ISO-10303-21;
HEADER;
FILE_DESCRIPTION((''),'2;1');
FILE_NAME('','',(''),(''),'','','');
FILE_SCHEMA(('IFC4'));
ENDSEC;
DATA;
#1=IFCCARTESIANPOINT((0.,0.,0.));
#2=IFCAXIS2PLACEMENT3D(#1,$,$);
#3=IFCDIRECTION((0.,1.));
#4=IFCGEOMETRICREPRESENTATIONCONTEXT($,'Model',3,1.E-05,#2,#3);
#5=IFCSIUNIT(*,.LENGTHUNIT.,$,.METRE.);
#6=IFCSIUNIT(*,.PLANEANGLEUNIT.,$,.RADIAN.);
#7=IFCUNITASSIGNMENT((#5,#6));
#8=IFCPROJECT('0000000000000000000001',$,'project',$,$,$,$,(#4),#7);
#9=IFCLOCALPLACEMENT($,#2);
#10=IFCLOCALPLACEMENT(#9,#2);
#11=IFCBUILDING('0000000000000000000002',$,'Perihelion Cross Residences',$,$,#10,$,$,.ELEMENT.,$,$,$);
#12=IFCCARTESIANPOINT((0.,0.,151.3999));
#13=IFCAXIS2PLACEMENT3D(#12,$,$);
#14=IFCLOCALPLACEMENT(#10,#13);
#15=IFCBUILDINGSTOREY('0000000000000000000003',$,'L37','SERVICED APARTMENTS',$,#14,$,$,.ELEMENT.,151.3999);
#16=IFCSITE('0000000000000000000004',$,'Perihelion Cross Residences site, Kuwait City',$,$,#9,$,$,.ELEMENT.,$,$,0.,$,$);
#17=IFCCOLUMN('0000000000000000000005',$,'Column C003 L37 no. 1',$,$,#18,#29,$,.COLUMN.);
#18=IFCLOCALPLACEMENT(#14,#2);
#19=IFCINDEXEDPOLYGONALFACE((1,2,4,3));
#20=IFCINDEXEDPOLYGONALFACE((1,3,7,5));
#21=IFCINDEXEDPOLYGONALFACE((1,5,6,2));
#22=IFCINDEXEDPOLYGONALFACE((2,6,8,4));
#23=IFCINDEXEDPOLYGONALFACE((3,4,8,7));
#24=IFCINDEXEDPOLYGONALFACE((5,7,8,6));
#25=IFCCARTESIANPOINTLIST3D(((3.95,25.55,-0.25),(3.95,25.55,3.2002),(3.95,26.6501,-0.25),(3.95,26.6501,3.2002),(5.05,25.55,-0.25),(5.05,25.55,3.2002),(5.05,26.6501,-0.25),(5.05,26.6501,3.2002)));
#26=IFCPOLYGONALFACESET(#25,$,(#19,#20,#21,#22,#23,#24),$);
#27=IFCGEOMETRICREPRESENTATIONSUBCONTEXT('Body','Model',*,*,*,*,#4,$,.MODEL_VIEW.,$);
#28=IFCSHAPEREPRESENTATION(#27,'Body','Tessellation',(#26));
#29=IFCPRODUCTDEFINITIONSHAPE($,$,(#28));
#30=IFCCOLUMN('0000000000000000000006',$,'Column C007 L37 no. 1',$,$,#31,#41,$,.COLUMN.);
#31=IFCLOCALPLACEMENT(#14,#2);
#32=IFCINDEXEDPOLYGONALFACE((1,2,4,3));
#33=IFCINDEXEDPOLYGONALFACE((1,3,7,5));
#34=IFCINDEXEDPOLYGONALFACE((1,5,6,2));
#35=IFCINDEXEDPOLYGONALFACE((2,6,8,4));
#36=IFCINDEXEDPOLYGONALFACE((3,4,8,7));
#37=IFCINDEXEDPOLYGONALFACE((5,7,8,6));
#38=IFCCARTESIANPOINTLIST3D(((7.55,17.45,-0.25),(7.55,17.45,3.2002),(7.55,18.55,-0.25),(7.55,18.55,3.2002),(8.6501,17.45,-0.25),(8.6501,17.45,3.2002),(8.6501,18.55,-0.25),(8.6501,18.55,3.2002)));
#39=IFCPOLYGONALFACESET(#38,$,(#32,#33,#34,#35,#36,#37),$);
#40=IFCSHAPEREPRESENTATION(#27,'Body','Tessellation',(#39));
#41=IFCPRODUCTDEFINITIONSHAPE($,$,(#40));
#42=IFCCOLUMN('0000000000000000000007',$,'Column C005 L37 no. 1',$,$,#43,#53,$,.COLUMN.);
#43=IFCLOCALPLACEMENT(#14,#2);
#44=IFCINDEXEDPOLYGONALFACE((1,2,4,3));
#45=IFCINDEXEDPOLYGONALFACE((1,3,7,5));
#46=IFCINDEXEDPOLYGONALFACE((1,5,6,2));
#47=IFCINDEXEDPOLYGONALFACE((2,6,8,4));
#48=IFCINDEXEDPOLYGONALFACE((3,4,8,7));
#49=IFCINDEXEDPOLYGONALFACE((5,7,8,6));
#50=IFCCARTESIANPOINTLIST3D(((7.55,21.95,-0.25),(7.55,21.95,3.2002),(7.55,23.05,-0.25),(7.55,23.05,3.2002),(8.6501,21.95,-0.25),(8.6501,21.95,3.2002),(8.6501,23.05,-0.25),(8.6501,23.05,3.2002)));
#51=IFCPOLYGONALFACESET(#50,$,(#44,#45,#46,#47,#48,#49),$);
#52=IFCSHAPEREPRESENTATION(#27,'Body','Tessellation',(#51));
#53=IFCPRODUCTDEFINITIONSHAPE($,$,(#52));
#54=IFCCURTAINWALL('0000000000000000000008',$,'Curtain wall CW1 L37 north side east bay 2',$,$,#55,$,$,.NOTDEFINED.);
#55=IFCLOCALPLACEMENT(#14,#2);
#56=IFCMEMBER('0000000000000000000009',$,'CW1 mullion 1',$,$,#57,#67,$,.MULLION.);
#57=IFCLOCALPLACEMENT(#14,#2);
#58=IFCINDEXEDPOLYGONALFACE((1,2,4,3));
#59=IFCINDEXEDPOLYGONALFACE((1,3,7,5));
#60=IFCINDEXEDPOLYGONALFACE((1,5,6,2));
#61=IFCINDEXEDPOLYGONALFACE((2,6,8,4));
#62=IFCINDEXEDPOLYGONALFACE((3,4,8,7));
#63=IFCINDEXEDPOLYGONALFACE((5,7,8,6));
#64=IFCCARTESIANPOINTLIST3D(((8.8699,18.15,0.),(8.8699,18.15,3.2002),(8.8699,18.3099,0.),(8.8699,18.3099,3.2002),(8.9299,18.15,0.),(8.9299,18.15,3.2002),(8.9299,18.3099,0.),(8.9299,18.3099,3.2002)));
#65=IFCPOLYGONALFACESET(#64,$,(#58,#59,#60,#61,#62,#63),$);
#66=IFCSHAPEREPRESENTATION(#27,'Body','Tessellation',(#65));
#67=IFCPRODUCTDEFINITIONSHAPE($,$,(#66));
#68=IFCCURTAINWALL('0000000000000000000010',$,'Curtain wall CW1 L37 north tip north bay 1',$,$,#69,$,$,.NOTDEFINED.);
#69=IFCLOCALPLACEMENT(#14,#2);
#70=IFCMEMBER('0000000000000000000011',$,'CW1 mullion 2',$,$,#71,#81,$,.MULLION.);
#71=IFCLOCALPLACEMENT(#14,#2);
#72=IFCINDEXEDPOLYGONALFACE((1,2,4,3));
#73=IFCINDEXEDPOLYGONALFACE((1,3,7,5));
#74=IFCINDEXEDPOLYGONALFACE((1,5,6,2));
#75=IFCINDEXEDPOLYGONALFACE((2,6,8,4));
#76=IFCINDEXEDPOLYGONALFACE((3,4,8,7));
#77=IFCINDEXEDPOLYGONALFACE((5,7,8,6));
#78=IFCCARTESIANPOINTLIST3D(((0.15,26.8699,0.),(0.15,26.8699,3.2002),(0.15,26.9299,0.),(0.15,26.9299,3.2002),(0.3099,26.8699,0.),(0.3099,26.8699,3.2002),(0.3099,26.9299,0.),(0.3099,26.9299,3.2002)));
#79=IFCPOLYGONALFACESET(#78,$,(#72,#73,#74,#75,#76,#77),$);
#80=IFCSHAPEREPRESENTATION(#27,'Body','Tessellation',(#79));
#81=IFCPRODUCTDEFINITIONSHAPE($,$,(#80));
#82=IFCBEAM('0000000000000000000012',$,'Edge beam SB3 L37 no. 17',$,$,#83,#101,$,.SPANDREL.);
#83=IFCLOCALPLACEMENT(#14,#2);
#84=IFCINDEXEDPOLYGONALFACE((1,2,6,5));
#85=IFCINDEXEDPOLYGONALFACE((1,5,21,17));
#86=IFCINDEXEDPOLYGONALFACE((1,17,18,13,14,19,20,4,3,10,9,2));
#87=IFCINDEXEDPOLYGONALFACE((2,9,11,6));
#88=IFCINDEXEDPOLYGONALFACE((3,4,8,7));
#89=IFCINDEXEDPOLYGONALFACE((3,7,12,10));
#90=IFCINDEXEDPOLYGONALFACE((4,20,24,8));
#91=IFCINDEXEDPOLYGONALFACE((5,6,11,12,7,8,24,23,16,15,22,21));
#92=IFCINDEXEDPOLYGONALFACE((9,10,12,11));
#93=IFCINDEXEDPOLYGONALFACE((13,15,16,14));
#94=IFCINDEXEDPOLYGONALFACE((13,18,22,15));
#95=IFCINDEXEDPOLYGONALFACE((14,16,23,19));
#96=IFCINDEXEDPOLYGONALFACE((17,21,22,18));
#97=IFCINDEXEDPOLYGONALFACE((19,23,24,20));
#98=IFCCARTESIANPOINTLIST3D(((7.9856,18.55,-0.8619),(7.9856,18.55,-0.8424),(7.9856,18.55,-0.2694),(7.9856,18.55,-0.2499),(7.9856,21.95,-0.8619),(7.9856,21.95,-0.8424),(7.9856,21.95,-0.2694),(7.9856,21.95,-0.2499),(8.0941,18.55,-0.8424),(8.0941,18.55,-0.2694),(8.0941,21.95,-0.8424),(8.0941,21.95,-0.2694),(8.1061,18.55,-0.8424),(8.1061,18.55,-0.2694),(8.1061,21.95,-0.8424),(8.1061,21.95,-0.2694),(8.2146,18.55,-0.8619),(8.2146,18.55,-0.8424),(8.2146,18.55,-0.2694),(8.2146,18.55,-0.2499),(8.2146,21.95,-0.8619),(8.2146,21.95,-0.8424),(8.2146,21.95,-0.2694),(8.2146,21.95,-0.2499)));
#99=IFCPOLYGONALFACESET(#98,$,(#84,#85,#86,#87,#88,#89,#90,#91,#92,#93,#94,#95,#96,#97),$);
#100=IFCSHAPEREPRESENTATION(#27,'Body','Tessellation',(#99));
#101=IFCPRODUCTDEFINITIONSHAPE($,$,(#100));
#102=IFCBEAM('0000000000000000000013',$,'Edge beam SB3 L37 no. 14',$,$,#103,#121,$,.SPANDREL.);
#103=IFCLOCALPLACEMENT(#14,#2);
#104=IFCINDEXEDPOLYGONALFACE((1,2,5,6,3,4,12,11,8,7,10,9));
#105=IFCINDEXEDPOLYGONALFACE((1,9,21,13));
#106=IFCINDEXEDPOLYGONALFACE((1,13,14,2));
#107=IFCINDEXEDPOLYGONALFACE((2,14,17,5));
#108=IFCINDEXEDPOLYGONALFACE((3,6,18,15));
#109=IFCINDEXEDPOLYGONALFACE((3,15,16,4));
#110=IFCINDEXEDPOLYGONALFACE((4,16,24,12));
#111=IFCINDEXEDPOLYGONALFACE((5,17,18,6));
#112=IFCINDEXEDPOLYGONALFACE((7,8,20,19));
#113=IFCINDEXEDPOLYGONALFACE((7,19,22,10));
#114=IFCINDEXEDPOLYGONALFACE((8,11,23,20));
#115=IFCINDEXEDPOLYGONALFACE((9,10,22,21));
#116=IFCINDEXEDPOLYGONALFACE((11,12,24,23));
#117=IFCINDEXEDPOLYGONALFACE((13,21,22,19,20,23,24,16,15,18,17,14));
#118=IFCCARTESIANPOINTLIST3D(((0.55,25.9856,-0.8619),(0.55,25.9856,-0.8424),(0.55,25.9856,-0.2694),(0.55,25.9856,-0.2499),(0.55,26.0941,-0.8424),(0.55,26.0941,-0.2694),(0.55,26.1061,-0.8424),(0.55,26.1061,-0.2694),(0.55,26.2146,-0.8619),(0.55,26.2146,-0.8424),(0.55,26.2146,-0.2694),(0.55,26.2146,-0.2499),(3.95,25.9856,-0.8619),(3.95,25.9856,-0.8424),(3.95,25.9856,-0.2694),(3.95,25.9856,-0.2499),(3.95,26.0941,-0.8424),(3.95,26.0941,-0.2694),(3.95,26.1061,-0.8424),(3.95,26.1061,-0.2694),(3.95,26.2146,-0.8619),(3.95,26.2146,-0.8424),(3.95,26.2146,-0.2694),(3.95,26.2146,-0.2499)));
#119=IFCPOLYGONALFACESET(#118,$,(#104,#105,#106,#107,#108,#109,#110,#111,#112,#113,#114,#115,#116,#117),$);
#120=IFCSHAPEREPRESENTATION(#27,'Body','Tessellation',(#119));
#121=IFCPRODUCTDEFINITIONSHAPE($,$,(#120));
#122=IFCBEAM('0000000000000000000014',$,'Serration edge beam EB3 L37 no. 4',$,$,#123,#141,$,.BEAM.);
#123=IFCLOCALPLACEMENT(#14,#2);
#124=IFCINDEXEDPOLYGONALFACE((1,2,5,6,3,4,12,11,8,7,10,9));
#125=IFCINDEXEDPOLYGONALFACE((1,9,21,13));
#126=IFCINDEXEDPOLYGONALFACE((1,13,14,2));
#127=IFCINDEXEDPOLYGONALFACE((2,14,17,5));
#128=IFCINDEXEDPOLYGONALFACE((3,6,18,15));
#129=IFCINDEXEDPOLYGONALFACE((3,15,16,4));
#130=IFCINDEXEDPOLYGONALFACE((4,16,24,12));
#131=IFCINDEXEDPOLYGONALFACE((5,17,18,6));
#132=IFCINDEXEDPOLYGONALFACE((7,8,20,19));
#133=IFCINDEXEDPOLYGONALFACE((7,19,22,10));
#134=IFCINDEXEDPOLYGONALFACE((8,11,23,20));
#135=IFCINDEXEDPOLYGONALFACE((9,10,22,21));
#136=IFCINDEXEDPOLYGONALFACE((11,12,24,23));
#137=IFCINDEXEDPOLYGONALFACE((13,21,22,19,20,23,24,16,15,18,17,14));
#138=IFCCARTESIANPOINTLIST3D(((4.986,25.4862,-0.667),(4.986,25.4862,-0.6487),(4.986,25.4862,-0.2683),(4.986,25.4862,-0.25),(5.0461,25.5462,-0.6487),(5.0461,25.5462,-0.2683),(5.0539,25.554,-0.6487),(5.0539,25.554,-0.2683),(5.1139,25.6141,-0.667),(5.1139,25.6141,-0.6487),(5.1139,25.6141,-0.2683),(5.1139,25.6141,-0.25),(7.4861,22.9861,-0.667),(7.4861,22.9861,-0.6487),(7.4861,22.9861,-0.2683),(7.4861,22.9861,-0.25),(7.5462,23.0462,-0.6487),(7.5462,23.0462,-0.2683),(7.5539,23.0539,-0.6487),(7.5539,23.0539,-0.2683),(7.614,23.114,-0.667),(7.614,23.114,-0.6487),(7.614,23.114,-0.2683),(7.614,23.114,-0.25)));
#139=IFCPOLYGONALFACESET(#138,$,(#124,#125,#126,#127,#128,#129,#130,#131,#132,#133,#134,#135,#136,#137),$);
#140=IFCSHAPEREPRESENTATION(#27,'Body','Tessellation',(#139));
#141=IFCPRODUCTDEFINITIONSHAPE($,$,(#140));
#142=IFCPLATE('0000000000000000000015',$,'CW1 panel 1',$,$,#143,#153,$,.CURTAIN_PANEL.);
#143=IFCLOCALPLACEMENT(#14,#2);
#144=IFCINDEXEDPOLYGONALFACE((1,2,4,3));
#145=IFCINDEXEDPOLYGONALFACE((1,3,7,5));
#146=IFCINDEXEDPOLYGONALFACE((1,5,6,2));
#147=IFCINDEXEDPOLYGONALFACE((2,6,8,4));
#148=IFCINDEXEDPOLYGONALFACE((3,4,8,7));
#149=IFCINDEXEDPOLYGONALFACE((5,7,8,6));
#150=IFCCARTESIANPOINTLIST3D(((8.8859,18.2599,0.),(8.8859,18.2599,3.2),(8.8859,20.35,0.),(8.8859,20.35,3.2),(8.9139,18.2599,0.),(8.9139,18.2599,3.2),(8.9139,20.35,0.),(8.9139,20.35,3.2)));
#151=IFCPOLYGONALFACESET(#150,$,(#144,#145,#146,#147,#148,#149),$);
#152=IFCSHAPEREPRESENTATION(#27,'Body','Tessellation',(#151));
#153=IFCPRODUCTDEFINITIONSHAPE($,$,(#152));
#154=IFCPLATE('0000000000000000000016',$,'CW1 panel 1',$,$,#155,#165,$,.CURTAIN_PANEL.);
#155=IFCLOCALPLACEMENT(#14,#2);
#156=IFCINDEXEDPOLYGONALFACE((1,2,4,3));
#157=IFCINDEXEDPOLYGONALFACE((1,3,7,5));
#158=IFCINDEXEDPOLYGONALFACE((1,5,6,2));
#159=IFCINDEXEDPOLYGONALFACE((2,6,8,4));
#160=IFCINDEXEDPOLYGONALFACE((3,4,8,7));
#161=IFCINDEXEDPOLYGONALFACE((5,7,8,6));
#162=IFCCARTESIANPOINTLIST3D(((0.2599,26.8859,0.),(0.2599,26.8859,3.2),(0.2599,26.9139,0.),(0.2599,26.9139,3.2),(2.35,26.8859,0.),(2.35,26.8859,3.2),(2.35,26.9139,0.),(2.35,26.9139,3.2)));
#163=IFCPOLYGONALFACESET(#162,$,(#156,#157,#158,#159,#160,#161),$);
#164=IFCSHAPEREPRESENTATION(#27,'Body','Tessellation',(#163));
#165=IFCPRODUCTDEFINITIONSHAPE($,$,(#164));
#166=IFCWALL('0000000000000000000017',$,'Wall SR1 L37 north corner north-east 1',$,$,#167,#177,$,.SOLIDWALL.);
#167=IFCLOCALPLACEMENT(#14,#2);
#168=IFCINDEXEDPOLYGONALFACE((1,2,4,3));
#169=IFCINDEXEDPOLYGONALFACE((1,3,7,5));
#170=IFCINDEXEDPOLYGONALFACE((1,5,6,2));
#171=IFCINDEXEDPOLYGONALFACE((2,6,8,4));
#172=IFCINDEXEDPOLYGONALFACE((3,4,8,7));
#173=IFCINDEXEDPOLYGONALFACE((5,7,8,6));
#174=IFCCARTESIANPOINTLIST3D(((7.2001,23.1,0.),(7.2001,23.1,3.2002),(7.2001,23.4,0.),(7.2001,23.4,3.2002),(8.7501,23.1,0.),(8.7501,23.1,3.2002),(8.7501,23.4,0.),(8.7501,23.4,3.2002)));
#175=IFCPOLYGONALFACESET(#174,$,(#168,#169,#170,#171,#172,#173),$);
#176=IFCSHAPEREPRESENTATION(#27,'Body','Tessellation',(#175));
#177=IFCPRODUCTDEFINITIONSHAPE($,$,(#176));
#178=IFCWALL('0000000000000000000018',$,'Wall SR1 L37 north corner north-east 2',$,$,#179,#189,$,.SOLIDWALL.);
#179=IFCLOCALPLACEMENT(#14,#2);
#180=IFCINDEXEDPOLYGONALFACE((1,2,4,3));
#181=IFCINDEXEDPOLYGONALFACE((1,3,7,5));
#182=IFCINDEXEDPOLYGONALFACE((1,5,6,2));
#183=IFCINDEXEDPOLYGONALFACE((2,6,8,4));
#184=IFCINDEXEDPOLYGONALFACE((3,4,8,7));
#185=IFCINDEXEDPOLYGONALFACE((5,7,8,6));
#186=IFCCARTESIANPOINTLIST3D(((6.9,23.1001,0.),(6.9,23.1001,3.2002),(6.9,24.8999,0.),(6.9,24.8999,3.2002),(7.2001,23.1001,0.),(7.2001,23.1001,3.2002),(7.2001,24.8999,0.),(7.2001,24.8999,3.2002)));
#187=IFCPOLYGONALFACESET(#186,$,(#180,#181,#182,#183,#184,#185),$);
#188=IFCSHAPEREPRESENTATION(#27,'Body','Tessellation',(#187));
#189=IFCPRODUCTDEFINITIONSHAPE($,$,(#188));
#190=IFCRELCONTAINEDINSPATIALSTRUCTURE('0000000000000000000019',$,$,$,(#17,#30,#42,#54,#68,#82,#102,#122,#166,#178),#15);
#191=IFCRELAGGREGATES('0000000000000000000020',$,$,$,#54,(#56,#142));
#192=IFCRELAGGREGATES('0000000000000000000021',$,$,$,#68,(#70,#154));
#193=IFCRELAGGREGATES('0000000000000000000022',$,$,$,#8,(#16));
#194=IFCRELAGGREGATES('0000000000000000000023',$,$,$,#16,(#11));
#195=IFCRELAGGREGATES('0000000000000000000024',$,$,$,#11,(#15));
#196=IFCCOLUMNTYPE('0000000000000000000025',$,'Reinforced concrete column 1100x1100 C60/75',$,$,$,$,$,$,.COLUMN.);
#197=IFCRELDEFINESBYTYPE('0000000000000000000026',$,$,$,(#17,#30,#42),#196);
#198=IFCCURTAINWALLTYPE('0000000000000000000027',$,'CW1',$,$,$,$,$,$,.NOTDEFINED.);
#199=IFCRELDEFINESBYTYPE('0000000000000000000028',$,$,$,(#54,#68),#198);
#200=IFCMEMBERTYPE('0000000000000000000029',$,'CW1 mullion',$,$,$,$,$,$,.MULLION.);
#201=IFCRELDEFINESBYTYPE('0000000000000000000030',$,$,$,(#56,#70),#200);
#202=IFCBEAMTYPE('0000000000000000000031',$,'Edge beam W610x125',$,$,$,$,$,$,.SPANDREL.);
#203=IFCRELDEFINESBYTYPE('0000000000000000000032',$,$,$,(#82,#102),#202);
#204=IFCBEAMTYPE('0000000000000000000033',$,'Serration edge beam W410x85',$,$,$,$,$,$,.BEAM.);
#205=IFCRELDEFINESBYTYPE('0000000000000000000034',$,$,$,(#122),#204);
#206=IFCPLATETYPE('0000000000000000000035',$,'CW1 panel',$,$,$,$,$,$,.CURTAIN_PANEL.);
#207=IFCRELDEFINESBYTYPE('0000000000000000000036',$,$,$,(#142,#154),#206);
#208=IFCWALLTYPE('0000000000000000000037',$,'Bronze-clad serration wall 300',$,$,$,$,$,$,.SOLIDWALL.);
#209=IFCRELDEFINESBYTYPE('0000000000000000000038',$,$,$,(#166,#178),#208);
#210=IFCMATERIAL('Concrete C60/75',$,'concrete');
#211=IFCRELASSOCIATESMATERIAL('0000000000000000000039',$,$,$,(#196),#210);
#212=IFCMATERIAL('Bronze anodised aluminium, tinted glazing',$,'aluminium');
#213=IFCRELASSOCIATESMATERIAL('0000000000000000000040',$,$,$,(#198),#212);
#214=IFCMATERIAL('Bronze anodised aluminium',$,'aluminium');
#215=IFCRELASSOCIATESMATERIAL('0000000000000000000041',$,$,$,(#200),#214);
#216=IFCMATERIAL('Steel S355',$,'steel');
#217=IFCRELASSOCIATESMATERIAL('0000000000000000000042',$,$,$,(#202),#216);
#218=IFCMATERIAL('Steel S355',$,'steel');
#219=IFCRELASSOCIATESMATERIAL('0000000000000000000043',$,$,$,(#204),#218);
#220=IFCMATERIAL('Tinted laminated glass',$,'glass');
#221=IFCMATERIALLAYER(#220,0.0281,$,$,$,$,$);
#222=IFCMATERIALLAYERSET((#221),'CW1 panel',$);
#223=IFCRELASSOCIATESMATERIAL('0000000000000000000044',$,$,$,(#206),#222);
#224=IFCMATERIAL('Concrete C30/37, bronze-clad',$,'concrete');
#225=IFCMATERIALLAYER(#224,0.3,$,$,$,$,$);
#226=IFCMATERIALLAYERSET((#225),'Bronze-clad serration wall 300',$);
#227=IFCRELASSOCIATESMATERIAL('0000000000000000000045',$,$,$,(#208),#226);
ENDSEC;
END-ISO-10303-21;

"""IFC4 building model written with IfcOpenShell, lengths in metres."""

from ifc_helpers import new_model, si_unit, direction, frame, frame_2d, origin, origin_2d, place, context, subcontext, project, spatial, rectangle, i_section, extrude, material, layer, layer_set, material_profile, profile_set, type_object, element, aggregate, save


model = new_model("IFC4")

# Units and contexts
model_context = context("Model", 3, precision=1e-05, world=origin(), true_north=direction((0.0, 1.0)))
body_context = subcontext(model_context, "Body", "Model", "MODEL_VIEW")
ifc_project = project(units=[si_unit("LENGTHUNIT", "METRE"), si_unit("PLANEANGLEUNIT", "RADIAN")], contexts=[model_context])

# Site, building, storey
site_placement = place(None, origin())
site = spatial("IfcSite", under=ifc_project, at=site_placement, Name="Perihelion Cross Residences site, Kuwait City", CompositionType="ELEMENT", RefElevation=0.0)
building_placement = place(site_placement, origin())
building = spatial("IfcBuilding", under=site, at=building_placement, Name="Perihelion Cross Residences", CompositionType="ELEMENT")
storey_placement = place(building_placement, frame((0.0, 0.0, 151.3999)))
storey = spatial("IfcBuildingStorey", under=building, at=storey_placement, Name="L37", Description="SERVICED APARTMENTS", CompositionType="ELEMENT", Elevation=151.3999)

# Columns
ifc_material_1 = material(Name="Concrete C60/75", Category="concrete")
ifc_material_profile_1 = material_profile(ifc_material_1, rectangle(XDim=1.1001, YDim=1.1001, at=origin_2d()), Name="RC 1100x1100")
ifc_profile_set_1 = profile_set([ifc_material_profile_1], Name="Concrete C60/75")
column_type = type_object("IfcColumnType", Name="Reinforced concrete column 1100x1100 C60/75", PredefinedType="COLUMN", material=ifc_profile_set_1)
for number, where, z_axis, x_axis, name in (
    (1, (4.5, 26.1001, -0.25), (0.0, 0.0, 1.0), (1.0, 0.0, 0.0), "Column C003 L37 no. 1"),
    (2, (8.1001, 18.0, -0.25), (0.0, 0.0, 1.0), (1.0, 0.0, 0.0), "Column C007 L37 no. 1"),
    (3, (8.1001, 22.5, -0.25), (0.0, 0.0, 1.0), (1.0, 0.0, 0.0), "Column C005 L37 no. 1"),
):
    element("IfcColumn", number, at=place(storey_placement, frame(where, z_axis=z_axis, x_axis=x_axis)), inside=storey, type_object=column_type, Name=name, PredefinedType="COLUMN", context=body_context, shape_type="SweptSolid", body=[
        extrude(rectangle(XDim=1.1001, YDim=1.1001, at=origin_2d()), origin(), (0.0, 0.0, 1.0), 3.4502),
    ])

# Curtain walls, members
ifc_material_2 = material(Name="Bronze anodised aluminium, tinted glazing", Category="aluminium")
curtain_wall_type = type_object("IfcCurtainWallType", Name="CW1", PredefinedType="NOTDEFINED", material=ifc_material_2)
curtain_wall_1_placement = place(storey_placement, origin())
curtain_wall_1 = element("IfcCurtainWall", 4, at=curtain_wall_1_placement, inside=storey, type_object=curtain_wall_type, Name="Curtain wall CW1 L37 north side east bay 2", PredefinedType="NOTDEFINED")
ifc_material_3 = material(Name="Bronze anodised aluminium", Category="aluminium")
ifc_material_profile_2 = material_profile(ifc_material_3, rectangle(XDim=0.0601, YDim=0.1599, at=origin_2d()), Name="CW1 mullion")
ifc_profile_set_2 = profile_set([ifc_material_profile_2], Name="Bronze anodised aluminium")
member_type = type_object("IfcMemberType", Name="CW1 mullion", PredefinedType="MULLION", material=ifc_profile_set_2)
member_1_placement = place(storey_placement, frame((8.8999, 18.23, 0.0), z_axis=(0.0, 0.0, 1.0), x_axis=(-1.0, 0.0, 0.0)))
member_1 = element("IfcMember", 5, at=member_1_placement, type_object=member_type, Name="CW1 mullion 1", PredefinedType="MULLION", context=body_context, shape_type="SweptSolid", body=[
    extrude(rectangle(XDim=0.0601, YDim=0.1599, at=origin_2d()), origin(), (0.0, 0.0, 1.0), 3.2002),
])
curtain_wall_2_placement = place(storey_placement, origin())
curtain_wall_2 = element("IfcCurtainWall", 6, at=curtain_wall_2_placement, inside=storey, type_object=curtain_wall_type, Name="Curtain wall CW1 L37 north tip north bay 1", PredefinedType="NOTDEFINED")
member_2_placement = place(storey_placement, frame((0.23, 26.8999, 0.0), z_axis=(0.0, 0.0, 1.0), x_axis=(0.0, -1.0, 0.0)))
member_2 = element("IfcMember", 7, at=member_2_placement, type_object=member_type, Name="CW1 mullion 2", PredefinedType="MULLION", context=body_context, shape_type="SweptSolid", body=[
    extrude(rectangle(XDim=0.0601, YDim=0.1599, at=origin_2d()), origin(), (0.0, 0.0, 1.0), 3.2002),
])

# Beams
ifc_material_4 = material(Name="Steel S355", Category="steel")
ifc_material_profile_3 = material_profile(ifc_material_4, i_section(OverallWidth=0.229, OverallDepth=0.6121, WebThickness=0.012, FlangeThickness=0.0195, at=origin_2d()), Name="W610x125")
ifc_profile_set_3 = profile_set([ifc_material_profile_3], Name="Steel S355")
beam_type_1 = type_object("IfcBeamType", Name="Edge beam W610x125", PredefinedType="SPANDREL", material=ifc_profile_set_3)
for number, where, z_axis, x_axis, name in (
    (8, (8.1001, 18.55, -0.5559), (0.0, 1.0, 0.0), (-1.0, 0.0, 0.0), "Edge beam SB3 L37 no. 17"),
    (9, (3.95, 26.1001, -0.5559), (-1.0, 0.0, 0.0), (0.0, -1.0, 0.0), "Edge beam SB3 L37 no. 14"),
):
    element("IfcBeam", number, at=place(storey_placement, frame(where, z_axis=z_axis, x_axis=x_axis)), inside=storey, type_object=beam_type_1, Name=name, PredefinedType="SPANDREL", context=body_context, shape_type="SweptSolid", body=[
        extrude(i_section(OverallWidth=0.229, OverallDepth=0.6121, WebThickness=0.012, FlangeThickness=0.0195, at=origin_2d()), origin(), (0.0, 0.0, 1.0), 3.3999),
    ])
ifc_material_5 = material(Name="Steel S355", Category="steel")
ifc_material_profile_4 = material_profile(ifc_material_5, i_section(OverallWidth=0.1809, OverallDepth=0.417, WebThickness=0.011, FlangeThickness=0.0183, at=origin_2d()), Name="W410x85")
ifc_profile_set_4 = profile_set([ifc_material_profile_4], Name="Steel S355")
beam_type_2 = type_object("IfcBeamType", Name="Serration edge beam W410x85", PredefinedType="BEAM", material=ifc_profile_set_4)
beam_placement = place(storey_placement, frame((7.55, 23.05, -0.4585), z_axis=(-0.707107, 0.707107, 0.0), x_axis=(-0.707107, -0.707107, 0.0)))
element("IfcBeam", 10, at=beam_placement, inside=storey, type_object=beam_type_2, Name="Serration edge beam EB3 L37 no. 4", PredefinedType="BEAM", context=body_context, shape_type="SweptSolid", body=[
    extrude(i_section(OverallWidth=0.1809, OverallDepth=0.417, WebThickness=0.011, FlangeThickness=0.0183, at=origin_2d()), origin(), (0.0, 0.0, 1.0), 3.5356),
])

# Plates
ifc_material_6 = material(Name="Tinted laminated glass", Category="glass")
ifc_layer_1 = layer(ifc_material_6, 0.0281)
ifc_layer_set_1 = layer_set([ifc_layer_1], Name="CW1 panel")
plate_type = type_object("IfcPlateType", Name="CW1 panel", PredefinedType="CURTAIN_PANEL", material=ifc_layer_set_1)
plate_1_placement = place(storey_placement, frame((8.8999, 19.3049, 0.0), z_axis=(0.0, 0.0, 1.0), x_axis=(0.0, 1.0, 0.0)))
plate_1 = element("IfcPlate", 11, at=plate_1_placement, type_object=plate_type, Name="CW1 panel 1", PredefinedType="CURTAIN_PANEL", context=body_context, shape_type="SweptSolid", body=[
    extrude(rectangle(XDim=2.0901, YDim=0.0281, at=origin_2d()), origin(), (0.0, 0.0, 1.0), 3.2),
])
aggregate(curtain_wall_1, [member_1, plate_1])
plate_2_placement = place(storey_placement, frame((1.3049, 26.8999, 0.0), z_axis=(0.0, 0.0, 1.0), x_axis=(-1.0, 0.0, 0.0)))
plate_2 = element("IfcPlate", 12, at=plate_2_placement, type_object=plate_type, Name="CW1 panel 1", PredefinedType="CURTAIN_PANEL", context=body_context, shape_type="SweptSolid", body=[
    extrude(rectangle(XDim=2.0901, YDim=0.0281, at=origin_2d()), origin(), (0.0, 0.0, 1.0), 3.2),
])
aggregate(curtain_wall_2, [member_2, plate_2])

# Walls
ifc_material_7 = material(Name="Concrete C30/37, bronze-clad", Category="concrete")
ifc_layer_2 = layer(ifc_material_7, 0.3)
ifc_layer_set_2 = layer_set([ifc_layer_2], Name="Bronze-clad serration wall 300")
wall_type_1 = type_object("IfcWallType", Name="Bronze-clad serration wall 300", PredefinedType="SOLIDWALL", material=ifc_layer_set_2)
wall_1_placement = place(storey_placement, frame((8.75, 23.25, 0.0), z_axis=(0.0, 0.0, 1.0), x_axis=(-1.0, 0.0, 0.0)))
element("IfcWall", 13, at=wall_1_placement, inside=storey, type_object=wall_type_1, Name="Wall SR1 L37 north corner north-east 1", PredefinedType="SOLIDWALL", context=body_context, shape_type="SweptSolid", body=[
    extrude(rectangle(XDim=1.55, YDim=0.3, at=frame_2d((0.7749, 0.0))), origin(), (0.0, 0.0, 1.0), 3.2002),
])
wall_2_placement = place(storey_placement, frame((7.05, 23.1001, 0.0), z_axis=(0.0, 0.0, 1.0), x_axis=(0.0, 1.0, 0.0)))
element("IfcWall", 14, at=wall_2_placement, inside=storey, type_object=wall_type_1, Name="Wall SR1 L37 north corner north-east 2", PredefinedType="SOLIDWALL", context=body_context, shape_type="SweptSolid", body=[
    extrude(rectangle(XDim=1.7998, YDim=0.3, at=frame_2d((0.8999, 0.0))), origin(), (0.0, 0.0, 1.0), 3.2002),
])

save(model, "model.ifc")
